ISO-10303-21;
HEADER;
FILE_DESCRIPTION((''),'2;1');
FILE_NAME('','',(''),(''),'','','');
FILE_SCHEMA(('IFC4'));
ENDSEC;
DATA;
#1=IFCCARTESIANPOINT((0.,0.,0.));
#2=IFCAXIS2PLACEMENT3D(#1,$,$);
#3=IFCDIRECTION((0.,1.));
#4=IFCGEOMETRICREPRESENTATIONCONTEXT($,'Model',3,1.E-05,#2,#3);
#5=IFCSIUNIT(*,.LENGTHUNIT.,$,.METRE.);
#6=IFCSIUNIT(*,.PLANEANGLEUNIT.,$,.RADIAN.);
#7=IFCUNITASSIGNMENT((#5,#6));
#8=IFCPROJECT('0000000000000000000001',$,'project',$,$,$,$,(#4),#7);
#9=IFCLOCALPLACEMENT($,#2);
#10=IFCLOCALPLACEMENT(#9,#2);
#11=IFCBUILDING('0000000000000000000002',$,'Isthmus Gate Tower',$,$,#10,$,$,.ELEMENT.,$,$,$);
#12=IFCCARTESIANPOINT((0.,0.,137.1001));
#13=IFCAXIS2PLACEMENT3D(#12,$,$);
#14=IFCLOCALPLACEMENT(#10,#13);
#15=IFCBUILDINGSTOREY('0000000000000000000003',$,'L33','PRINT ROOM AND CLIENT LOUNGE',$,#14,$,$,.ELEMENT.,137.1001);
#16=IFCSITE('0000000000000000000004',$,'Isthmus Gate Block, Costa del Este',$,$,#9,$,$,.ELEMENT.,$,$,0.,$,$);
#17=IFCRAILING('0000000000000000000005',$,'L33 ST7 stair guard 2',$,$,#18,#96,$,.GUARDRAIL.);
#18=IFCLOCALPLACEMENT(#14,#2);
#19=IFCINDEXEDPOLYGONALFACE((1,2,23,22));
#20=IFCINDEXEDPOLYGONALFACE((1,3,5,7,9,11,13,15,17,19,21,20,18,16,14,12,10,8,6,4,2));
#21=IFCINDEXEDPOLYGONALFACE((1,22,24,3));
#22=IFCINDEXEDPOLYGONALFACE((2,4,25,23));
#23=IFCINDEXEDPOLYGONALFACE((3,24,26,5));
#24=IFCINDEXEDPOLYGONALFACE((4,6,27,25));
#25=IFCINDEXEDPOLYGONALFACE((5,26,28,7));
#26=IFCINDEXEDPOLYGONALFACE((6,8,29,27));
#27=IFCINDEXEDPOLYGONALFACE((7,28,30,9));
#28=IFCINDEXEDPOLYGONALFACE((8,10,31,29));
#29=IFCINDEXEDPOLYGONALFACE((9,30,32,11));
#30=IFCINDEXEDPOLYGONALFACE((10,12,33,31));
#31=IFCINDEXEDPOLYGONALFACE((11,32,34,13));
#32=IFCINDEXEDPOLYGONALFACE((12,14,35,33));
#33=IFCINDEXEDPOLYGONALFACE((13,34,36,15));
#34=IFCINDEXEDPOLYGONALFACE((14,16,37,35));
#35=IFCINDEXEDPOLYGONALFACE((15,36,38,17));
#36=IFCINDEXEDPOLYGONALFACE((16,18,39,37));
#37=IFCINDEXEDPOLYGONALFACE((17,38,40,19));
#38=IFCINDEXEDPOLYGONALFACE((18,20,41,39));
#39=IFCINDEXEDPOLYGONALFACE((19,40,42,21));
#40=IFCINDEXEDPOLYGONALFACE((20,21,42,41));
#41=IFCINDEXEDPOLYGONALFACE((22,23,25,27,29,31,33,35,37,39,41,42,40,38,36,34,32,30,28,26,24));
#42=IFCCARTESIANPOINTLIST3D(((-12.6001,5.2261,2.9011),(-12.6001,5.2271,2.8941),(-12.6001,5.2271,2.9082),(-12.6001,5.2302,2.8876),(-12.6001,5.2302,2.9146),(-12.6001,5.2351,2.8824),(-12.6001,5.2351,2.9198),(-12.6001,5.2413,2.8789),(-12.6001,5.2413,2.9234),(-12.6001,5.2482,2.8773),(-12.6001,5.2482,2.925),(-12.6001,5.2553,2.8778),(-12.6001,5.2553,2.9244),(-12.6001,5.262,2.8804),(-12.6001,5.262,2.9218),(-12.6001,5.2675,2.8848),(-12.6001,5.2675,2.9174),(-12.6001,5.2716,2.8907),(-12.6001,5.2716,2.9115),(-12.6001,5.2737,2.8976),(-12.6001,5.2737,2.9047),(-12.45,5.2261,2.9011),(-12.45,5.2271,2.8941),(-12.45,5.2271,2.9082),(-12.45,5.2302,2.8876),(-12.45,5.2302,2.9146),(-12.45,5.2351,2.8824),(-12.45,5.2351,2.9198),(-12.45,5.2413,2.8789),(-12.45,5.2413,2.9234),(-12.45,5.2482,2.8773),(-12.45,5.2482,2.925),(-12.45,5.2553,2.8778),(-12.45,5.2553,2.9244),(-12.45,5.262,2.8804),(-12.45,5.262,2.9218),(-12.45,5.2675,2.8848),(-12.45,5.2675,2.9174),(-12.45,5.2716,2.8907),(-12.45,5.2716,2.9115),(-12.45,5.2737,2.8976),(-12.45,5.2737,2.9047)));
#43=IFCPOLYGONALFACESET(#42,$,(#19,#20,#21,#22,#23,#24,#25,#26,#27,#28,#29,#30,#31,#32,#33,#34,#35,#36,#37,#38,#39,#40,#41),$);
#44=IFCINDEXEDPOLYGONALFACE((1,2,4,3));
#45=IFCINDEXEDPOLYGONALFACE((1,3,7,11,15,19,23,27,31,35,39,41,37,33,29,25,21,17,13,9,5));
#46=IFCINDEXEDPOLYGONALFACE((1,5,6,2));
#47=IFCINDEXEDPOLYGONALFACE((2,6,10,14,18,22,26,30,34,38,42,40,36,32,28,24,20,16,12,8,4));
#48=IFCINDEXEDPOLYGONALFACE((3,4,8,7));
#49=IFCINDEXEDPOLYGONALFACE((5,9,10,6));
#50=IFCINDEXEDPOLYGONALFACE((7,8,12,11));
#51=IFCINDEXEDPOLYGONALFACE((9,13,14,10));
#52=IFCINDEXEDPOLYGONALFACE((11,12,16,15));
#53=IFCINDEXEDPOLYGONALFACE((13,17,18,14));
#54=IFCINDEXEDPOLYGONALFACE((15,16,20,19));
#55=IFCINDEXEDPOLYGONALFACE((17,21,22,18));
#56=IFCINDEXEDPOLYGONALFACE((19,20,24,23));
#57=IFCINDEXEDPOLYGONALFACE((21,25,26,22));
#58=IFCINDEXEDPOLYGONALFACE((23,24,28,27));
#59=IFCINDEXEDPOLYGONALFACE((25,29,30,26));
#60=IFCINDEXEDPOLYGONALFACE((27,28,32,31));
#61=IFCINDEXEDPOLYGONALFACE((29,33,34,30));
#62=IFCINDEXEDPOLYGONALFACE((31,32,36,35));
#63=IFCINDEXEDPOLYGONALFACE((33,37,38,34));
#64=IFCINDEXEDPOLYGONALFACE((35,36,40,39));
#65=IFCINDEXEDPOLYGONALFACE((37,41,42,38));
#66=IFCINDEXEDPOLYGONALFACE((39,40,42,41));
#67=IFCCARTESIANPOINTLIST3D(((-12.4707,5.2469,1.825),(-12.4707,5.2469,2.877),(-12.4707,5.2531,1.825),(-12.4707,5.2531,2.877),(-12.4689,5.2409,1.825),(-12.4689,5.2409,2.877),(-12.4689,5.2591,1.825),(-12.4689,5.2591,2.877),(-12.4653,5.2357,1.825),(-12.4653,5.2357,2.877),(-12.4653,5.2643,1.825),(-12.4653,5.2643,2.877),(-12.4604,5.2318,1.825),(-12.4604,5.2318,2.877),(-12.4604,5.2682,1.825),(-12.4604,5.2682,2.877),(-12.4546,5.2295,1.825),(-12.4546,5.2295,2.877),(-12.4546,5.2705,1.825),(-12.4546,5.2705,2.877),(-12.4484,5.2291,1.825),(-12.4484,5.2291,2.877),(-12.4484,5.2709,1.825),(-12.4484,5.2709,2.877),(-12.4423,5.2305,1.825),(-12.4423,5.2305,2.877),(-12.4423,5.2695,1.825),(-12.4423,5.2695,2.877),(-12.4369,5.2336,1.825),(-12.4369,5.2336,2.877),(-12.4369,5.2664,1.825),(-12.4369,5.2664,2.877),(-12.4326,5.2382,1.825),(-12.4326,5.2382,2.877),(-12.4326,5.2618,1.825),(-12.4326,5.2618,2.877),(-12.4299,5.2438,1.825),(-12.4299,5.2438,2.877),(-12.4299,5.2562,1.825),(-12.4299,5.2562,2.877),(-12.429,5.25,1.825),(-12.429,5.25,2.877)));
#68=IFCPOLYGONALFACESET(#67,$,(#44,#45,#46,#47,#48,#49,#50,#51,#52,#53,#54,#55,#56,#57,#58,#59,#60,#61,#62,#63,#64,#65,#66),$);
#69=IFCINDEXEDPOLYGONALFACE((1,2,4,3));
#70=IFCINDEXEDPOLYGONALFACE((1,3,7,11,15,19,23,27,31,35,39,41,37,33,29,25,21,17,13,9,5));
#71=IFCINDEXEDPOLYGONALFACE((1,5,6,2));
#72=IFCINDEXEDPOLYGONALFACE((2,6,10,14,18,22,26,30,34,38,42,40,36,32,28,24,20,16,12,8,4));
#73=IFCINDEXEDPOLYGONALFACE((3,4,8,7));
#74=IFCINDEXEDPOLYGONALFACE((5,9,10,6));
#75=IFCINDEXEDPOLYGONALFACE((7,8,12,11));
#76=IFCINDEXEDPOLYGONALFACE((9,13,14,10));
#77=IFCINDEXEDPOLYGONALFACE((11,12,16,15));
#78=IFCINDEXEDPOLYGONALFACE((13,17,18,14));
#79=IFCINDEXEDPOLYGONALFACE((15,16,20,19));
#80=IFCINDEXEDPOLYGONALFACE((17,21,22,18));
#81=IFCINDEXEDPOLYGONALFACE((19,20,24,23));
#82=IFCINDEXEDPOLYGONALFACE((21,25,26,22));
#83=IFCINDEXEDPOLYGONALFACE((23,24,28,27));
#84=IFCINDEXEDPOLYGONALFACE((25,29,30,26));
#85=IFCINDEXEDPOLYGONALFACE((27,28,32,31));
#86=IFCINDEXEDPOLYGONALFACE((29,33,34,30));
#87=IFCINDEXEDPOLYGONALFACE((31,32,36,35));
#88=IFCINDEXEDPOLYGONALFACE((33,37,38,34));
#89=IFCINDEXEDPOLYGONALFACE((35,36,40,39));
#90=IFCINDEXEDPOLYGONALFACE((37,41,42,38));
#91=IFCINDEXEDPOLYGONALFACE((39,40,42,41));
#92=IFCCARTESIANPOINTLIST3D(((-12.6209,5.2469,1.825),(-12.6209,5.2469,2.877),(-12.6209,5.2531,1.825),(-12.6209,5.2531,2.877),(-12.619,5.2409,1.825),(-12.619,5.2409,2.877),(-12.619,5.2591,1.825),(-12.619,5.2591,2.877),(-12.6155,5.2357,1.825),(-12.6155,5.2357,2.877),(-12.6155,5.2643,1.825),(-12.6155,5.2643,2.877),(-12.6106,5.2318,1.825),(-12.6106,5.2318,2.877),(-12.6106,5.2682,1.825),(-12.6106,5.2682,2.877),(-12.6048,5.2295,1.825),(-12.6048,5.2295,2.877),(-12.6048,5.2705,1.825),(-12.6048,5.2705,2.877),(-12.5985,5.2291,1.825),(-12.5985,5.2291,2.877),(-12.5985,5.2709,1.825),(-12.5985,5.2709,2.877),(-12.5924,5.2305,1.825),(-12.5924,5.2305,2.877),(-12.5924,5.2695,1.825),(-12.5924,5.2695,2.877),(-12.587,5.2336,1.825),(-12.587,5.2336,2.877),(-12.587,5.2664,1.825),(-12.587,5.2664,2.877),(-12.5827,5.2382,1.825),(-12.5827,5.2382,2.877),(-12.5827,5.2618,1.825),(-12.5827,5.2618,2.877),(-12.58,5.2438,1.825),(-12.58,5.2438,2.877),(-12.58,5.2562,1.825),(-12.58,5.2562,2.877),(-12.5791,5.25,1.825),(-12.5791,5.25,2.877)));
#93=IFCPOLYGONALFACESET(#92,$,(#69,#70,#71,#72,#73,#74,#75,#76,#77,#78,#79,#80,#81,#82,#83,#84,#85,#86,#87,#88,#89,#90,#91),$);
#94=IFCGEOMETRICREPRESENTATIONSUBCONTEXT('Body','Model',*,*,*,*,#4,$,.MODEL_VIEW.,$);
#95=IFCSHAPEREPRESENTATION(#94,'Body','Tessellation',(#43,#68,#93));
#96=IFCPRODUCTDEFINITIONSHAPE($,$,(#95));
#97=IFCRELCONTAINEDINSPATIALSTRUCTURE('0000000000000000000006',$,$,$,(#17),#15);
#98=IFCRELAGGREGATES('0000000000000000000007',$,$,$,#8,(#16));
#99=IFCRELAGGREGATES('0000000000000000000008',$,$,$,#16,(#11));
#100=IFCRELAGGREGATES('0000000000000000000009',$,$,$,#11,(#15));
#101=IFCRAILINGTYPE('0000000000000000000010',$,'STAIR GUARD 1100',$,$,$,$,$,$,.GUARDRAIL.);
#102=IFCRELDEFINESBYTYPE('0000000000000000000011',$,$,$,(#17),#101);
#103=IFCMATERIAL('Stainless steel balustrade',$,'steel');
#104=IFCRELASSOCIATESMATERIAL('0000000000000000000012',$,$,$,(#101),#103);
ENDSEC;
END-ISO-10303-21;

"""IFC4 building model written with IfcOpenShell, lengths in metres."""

from ifc_helpers import new_model, si_unit, direction, frame, origin, origin_2d, place, context, subcontext, project, spatial, circle, extrude, material, type_object, element, save


model = new_model("IFC4")

# Units and contexts
model_context = context("Model", 3, precision=1e-05, world=origin(), true_north=direction((0.0, 1.0)))
body_context = subcontext(model_context, "Body", "Model", "MODEL_VIEW")
ifc_project = project(units=[si_unit("LENGTHUNIT", "METRE"), si_unit("PLANEANGLEUNIT", "RADIAN")], contexts=[model_context])

# Site, building, storey
site_placement = place(None, origin())
site = spatial("IfcSite", under=ifc_project, at=site_placement, Name="Isthmus Gate Block, Costa del Este", CompositionType="ELEMENT", RefElevation=0.0)
building_placement = place(site_placement, origin())
building = spatial("IfcBuilding", under=site, at=building_placement, Name="Isthmus Gate Tower", CompositionType="ELEMENT")
storey_placement = place(building_placement, frame((0.0, 0.0, 137.1001)))
storey = spatial("IfcBuildingStorey", under=building, at=storey_placement, Name="L33", Description="PRINT ROOM AND CLIENT LOUNGE", CompositionType="ELEMENT", Elevation=137.1001)

# Railing
ifc_material_1 = material(Name="Stainless steel balustrade", Category="steel")
railing_type_1 = type_object("IfcRailingType", Name="STAIR GUARD 1100", PredefinedType="GUARDRAIL", material=ifc_material_1)
railing_1_placement = place(storey_placement, frame((-12.45, 5.25, 1.825)))
element("IfcRailing", 1, at=railing_1_placement, inside=storey, type_object=railing_type_1, Name="L33 ST7 stair guard 2", PredefinedType="GUARDRAIL", context=body_context, shape_type="SweptSolid", body=[
    extrude(circle(Radius=0.0239, at=origin_2d()), frame((0.0, 0.0, 1.0762), z_axis=(-1.0, 0.0, 0.0), x_axis=(0.0, -1.0, 0.0)), (0.0, 0.0, 1.0), 0.1501),
    extrude(circle(Radius=0.021, at=origin_2d()), origin(), (0.0, 0.0, 1.0), 1.052),
    extrude(circle(Radius=0.021, at=origin_2d()), frame((-0.1501, 0.0, 0.0)), (0.0, 0.0, 1.0), 1.052),
])

save(model, "model.ifc")
